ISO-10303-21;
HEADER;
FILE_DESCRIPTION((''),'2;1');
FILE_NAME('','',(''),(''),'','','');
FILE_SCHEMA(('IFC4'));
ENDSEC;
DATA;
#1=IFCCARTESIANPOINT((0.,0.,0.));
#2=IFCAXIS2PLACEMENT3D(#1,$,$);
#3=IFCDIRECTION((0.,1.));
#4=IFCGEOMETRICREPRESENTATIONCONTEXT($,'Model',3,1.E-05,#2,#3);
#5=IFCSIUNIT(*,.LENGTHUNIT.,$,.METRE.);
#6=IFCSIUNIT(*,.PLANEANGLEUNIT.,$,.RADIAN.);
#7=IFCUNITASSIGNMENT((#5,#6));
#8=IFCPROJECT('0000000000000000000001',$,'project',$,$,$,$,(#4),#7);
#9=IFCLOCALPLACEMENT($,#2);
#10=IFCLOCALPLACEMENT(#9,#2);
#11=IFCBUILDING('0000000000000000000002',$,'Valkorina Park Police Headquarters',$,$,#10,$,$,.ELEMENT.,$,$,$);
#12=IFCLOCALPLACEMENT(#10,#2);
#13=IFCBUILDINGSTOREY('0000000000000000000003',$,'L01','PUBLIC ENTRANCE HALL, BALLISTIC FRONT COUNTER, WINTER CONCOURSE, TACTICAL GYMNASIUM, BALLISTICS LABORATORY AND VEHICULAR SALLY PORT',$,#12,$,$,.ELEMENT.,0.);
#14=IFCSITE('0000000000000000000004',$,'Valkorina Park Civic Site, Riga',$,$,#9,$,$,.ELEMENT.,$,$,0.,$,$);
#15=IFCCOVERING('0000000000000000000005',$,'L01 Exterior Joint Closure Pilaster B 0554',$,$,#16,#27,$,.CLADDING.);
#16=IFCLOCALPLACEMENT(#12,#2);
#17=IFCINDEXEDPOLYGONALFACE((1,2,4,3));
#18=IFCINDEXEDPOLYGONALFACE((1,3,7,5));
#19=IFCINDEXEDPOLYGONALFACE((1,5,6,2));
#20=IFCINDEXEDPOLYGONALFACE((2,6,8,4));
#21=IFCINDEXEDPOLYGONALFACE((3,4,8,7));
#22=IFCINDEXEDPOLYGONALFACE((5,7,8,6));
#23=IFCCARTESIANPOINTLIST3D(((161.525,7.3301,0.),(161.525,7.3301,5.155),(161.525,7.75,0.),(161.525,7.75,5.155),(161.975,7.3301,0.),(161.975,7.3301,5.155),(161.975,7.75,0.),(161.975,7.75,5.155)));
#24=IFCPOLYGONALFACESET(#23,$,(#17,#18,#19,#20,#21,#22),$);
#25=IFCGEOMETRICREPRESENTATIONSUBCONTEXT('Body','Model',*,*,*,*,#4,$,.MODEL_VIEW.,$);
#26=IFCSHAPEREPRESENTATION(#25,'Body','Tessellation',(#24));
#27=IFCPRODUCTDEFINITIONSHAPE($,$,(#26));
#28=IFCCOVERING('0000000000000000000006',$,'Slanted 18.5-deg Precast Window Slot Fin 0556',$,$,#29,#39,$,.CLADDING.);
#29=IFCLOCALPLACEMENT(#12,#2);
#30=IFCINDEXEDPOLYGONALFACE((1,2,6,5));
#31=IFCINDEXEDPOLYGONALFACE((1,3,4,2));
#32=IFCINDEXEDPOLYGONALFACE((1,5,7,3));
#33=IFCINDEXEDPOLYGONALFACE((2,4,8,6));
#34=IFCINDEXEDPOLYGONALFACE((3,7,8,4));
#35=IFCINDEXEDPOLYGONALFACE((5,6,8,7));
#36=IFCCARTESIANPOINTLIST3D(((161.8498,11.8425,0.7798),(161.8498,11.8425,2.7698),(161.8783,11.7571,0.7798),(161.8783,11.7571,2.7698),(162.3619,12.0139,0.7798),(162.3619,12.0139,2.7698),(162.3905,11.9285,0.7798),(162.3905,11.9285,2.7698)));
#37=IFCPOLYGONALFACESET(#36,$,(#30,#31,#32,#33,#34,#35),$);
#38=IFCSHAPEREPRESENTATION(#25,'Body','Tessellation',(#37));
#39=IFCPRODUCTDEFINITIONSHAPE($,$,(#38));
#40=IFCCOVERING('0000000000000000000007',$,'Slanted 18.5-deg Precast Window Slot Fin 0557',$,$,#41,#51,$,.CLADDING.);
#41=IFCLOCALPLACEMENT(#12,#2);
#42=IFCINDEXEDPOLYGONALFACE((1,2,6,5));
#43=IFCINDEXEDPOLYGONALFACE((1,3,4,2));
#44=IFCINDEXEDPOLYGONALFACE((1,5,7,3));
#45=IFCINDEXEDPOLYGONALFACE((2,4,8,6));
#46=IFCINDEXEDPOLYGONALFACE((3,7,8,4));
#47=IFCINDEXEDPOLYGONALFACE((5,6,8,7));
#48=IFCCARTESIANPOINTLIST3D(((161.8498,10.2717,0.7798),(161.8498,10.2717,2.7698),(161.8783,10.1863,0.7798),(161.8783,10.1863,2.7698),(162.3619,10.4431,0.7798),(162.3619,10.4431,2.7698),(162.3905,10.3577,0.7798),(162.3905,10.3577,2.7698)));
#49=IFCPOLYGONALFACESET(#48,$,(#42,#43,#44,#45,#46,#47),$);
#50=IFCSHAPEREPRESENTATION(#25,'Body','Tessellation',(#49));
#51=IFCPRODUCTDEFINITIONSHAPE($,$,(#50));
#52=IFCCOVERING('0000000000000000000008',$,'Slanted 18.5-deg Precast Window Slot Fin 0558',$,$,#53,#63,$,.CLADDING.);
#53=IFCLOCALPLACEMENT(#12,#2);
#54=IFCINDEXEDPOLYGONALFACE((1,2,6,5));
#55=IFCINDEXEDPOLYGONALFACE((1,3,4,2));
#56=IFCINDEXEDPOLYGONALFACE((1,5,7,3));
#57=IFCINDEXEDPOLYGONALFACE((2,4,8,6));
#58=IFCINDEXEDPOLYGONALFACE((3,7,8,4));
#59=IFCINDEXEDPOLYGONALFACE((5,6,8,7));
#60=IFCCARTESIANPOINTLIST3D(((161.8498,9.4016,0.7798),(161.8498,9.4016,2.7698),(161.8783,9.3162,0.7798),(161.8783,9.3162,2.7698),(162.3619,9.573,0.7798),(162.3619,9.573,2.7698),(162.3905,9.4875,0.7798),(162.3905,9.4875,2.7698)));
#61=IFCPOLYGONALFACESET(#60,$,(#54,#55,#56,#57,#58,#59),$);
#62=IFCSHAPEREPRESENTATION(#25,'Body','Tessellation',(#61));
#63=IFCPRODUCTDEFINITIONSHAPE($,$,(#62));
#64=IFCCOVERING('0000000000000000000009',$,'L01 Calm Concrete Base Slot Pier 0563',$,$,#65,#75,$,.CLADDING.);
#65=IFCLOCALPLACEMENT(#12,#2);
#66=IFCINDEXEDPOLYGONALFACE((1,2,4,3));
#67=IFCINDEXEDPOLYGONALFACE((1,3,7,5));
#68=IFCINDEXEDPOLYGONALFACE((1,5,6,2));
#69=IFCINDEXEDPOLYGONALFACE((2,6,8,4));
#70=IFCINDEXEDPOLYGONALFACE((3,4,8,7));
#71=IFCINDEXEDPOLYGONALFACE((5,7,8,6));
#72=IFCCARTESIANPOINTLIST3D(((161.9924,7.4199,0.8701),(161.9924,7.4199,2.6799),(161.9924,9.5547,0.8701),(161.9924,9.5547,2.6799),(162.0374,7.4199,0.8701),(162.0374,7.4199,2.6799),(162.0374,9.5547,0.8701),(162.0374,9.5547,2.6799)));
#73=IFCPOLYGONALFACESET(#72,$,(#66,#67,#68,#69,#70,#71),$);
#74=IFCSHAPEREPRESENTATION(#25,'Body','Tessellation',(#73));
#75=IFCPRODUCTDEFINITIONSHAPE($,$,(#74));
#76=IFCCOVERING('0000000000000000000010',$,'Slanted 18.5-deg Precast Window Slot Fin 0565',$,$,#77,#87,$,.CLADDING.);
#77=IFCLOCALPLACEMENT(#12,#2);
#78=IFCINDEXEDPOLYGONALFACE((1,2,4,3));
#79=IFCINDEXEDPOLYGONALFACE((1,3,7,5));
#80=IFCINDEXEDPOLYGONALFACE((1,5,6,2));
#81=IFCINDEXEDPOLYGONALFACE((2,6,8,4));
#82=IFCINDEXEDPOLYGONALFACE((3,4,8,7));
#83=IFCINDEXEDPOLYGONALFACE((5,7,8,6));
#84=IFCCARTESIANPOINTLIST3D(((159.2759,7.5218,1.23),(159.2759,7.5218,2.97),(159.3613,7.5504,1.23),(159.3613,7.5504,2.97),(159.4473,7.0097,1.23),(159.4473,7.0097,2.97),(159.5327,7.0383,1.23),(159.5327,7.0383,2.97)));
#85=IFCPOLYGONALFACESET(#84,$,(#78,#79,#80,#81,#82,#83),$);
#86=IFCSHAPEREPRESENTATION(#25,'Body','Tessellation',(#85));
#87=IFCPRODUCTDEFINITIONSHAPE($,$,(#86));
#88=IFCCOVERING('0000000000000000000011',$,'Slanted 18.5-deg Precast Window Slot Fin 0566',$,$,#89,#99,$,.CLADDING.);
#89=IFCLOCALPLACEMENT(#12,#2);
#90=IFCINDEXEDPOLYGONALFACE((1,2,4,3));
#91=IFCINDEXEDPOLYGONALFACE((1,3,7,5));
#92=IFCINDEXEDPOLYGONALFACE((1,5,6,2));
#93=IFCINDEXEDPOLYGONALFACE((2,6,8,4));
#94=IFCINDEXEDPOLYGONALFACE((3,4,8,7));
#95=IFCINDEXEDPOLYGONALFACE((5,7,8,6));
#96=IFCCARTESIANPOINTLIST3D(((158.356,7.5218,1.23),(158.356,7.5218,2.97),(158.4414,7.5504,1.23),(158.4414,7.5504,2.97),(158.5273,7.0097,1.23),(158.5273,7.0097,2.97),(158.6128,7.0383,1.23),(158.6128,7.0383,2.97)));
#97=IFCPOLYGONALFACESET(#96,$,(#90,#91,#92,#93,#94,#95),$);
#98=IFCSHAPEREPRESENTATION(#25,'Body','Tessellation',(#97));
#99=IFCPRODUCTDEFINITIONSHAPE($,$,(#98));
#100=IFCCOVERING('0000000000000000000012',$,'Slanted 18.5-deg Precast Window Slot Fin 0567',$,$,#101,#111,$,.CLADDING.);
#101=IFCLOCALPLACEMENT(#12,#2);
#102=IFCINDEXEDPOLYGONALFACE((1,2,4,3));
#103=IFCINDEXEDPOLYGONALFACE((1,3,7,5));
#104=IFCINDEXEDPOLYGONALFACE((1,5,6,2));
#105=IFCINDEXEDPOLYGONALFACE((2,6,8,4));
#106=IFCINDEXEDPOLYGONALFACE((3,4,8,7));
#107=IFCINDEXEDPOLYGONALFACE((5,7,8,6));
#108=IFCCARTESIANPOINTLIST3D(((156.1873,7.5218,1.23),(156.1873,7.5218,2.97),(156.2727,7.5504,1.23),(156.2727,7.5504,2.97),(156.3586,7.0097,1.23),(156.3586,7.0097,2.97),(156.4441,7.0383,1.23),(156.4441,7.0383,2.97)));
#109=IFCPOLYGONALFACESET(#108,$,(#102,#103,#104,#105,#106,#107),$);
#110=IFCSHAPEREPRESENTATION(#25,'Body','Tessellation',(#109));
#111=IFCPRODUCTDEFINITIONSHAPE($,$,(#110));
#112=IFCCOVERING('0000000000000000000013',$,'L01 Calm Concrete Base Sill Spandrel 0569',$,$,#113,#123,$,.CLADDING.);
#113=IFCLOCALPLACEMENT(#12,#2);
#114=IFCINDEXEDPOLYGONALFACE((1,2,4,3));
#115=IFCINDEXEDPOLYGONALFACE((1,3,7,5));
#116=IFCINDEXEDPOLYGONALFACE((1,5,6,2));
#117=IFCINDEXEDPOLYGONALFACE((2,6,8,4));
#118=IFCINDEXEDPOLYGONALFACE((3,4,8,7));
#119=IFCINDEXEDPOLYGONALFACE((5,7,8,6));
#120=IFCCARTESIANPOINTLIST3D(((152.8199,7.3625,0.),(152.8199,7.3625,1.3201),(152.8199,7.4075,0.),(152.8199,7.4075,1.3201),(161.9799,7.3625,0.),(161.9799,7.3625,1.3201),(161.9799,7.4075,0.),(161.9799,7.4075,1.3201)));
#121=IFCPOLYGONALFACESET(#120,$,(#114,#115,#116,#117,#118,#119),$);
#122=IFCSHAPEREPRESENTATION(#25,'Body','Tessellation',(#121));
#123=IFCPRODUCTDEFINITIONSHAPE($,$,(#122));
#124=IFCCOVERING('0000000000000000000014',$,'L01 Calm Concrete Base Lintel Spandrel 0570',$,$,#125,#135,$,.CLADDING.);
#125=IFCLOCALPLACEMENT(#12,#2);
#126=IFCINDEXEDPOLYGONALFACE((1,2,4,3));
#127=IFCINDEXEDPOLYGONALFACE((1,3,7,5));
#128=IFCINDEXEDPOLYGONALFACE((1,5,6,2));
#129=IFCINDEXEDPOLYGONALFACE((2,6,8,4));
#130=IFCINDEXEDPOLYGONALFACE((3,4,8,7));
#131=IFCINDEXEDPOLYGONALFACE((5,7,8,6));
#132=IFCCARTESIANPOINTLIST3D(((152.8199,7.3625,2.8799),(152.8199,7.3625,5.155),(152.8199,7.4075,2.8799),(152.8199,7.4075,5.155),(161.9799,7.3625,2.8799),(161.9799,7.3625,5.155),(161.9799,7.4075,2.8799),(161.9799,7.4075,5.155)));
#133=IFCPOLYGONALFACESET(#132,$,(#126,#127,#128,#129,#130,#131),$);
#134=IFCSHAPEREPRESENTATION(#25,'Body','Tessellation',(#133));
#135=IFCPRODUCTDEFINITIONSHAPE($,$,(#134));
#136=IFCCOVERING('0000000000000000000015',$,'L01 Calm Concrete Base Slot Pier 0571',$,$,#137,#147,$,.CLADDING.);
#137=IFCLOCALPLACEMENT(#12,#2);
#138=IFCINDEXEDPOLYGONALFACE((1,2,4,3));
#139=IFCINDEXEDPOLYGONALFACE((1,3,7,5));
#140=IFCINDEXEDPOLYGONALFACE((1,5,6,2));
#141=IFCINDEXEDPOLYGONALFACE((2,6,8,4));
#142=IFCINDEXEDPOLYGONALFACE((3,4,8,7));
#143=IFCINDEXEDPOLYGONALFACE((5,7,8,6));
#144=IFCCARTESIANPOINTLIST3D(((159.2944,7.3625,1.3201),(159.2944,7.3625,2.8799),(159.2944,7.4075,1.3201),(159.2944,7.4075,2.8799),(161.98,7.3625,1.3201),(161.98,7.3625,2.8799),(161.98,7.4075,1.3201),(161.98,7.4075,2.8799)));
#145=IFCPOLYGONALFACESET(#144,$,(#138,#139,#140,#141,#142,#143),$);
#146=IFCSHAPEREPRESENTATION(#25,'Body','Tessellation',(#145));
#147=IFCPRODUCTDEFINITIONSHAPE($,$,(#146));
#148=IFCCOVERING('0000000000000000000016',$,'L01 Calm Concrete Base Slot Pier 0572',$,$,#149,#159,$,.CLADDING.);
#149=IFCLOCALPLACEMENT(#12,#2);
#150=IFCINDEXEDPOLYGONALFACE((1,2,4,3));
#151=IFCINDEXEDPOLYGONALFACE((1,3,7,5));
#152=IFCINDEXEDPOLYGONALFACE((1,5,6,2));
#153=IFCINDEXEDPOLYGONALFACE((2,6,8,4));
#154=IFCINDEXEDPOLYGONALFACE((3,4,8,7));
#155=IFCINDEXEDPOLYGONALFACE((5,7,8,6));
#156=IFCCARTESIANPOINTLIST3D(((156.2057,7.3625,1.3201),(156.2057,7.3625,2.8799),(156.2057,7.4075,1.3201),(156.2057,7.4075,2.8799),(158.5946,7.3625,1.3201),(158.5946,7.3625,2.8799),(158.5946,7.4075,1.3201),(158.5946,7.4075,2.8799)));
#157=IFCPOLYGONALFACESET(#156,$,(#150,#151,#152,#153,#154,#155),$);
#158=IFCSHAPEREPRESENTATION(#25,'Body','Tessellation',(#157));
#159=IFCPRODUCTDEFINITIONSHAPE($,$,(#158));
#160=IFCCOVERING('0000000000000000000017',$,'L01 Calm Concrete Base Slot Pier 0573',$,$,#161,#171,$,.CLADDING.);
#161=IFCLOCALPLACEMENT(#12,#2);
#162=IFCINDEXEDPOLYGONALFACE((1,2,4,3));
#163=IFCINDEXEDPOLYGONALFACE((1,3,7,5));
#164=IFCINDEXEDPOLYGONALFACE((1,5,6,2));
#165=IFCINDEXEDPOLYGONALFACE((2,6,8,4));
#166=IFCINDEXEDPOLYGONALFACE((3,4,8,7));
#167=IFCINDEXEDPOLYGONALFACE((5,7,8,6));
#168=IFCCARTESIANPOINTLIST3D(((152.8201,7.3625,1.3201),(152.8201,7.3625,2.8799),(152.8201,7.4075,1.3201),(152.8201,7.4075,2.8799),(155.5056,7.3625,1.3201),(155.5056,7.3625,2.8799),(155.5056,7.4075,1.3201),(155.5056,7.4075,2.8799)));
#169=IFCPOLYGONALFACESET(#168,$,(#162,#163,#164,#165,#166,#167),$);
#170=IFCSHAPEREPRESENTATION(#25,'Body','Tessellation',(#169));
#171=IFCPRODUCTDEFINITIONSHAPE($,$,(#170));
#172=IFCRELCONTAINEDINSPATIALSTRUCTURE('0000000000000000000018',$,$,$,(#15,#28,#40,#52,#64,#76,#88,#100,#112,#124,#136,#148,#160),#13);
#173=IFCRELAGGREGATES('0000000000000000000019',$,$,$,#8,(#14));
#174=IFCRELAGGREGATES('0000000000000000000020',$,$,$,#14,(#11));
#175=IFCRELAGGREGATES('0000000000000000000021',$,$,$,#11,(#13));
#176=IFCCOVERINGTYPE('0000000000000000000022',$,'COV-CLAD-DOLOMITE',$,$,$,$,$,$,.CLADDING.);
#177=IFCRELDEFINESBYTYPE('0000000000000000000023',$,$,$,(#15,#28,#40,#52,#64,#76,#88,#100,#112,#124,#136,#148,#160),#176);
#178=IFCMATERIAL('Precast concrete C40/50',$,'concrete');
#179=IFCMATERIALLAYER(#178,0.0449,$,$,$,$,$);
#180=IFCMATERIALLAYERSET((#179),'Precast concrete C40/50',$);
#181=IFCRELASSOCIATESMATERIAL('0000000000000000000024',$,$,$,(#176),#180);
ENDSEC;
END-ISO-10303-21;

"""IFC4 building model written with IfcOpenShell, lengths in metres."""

from ifc_helpers import new_model, si_unit, direction, frame, frame_2d, origin, origin_2d, place, context, subcontext, project, spatial, rectangle, extrude, material, layer, layer_set, type_object, element, save


model = new_model("IFC4")

# Units and contexts
model_context = context("Model", 3, precision=1e-05, world=origin(), true_north=direction((0.0, 1.0)))
body_context = subcontext(model_context, "Body", "Model", "MODEL_VIEW")
ifc_project = project(units=[si_unit("LENGTHUNIT", "METRE"), si_unit("PLANEANGLEUNIT", "RADIAN")], contexts=[model_context])

# Site, building, storey
site_placement = place(None, origin())
site = spatial("IfcSite", under=ifc_project, at=site_placement, Name="Valkorina Park Civic Site, Riga", CompositionType="ELEMENT", RefElevation=0.0)
building_placement = place(site_placement, origin())
building = spatial("IfcBuilding", under=site, at=building_placement, Name="Valkorina Park Police Headquarters", CompositionType="ELEMENT")
storey_placement = place(building_placement, origin())
storey = spatial("IfcBuildingStorey", under=building, at=storey_placement, Name="L01", Description="PUBLIC ENTRANCE HALL, BALLISTIC FRONT COUNTER, WINTER CONCOURSE, TACTICAL GYMNASIUM, BALLISTICS LABORATORY AND VEHICULAR SALLY PORT", CompositionType="ELEMENT", Elevation=0.0)

# Shared definitions
ifc_material_1 = material(Name="Precast concrete C40/50", Category="concrete")

# Coverings
ifc_layer_1 = layer(ifc_material_1, 0.0449)
ifc_layer_set_1 = layer_set([ifc_layer_1], Name="Precast concrete C40/50")
covering_type = type_object("IfcCoveringType", Name="COV-CLAD-DOLOMITE", PredefinedType="CLADDING", material=ifc_layer_set_1)
covering_1_placement = place(storey_placement, frame((161.75, 7.54, 0.0), z_axis=(0.0, 0.0, 1.0), x_axis=(0.0, 1.0, 0.0)))
element("IfcCovering", 1, at=covering_1_placement, inside=storey, type_object=covering_type, Name="L01 Exterior Joint Closure Pilaster B 0554", PredefinedType="CLADDING", context=body_context, shape_type="SweptSolid", body=[
    extrude(rectangle(XDim=0.4199, YDim=0.45, at=origin_2d()), origin(), (0.0, 0.0, 1.0), 5.155),
])
for number, where, z_axis, x_axis, name in (
    (2, (162.1201, 11.8855, 0.7798), (0.0, 0.0, 1.0), (0.948324, 0.317305, 0.0), "Slanted 18.5-deg Precast Window Slot Fin 0556"),
    (3, (162.1201, 10.3147, 0.7798), (0.0, 0.0, 1.0), (0.948324, 0.317305, 0.0), "Slanted 18.5-deg Precast Window Slot Fin 0557"),
    (4, (162.1201, 9.4446, 0.7798), (0.0, 0.0, 1.0), (0.948324, 0.317305, 0.0), "Slanted 18.5-deg Precast Window Slot Fin 0558"),
):
    element("IfcCovering", number, at=place(storey_placement, frame(where, z_axis=z_axis, x_axis=x_axis)), inside=storey, type_object=covering_type, Name=name, PredefinedType="CLADDING", context=body_context, shape_type="SweptSolid", body=[
        extrude(rectangle(XDim=0.54, YDim=0.0901, at=origin_2d()), origin(), (0.0, 0.0, 1.0), 1.99),
    ])
covering_2_placement = place(storey_placement, frame((162.0149, 9.5547, 0.8701), z_axis=(0.0, 0.0, 1.0), x_axis=(0.0, -1.0, 0.0)))
element("IfcCovering", 5, at=covering_2_placement, inside=storey, type_object=covering_type, Name="L01 Calm Concrete Base Slot Pier 0563", PredefinedType="CLADDING", context=body_context, shape_type="SweptSolid", body=[
    extrude(rectangle(XDim=2.1348, YDim=0.0449, at=frame_2d((1.0674, 0.0))), origin(), (0.0, 0.0, 1.0), 1.8098),
])
for number, where, z_axis, x_axis, name in (
    (6, (159.4043, 7.28, 1.23), (0.0, 0.0, 1.0), (0.317305, -0.948324, 0.0), "Slanted 18.5-deg Precast Window Slot Fin 0565"),
    (7, (158.4844, 7.28, 1.23), (0.0, 0.0, 1.0), (0.317305, -0.948324, 0.0), "Slanted 18.5-deg Precast Window Slot Fin 0566"),
    (8, (156.3157, 7.28, 1.23), (0.0, 0.0, 1.0), (0.317305, -0.948324, 0.0), "Slanted 18.5-deg Precast Window Slot Fin 0567"),
):
    element("IfcCovering", number, at=place(storey_placement, frame(where, z_axis=z_axis, x_axis=x_axis)), inside=storey, type_object=covering_type, Name=name, PredefinedType="CLADDING", context=body_context, shape_type="SweptSolid", body=[
        extrude(rectangle(XDim=0.54, YDim=0.0901, at=origin_2d()), origin(), (0.0, 0.0, 1.0), 1.74),
    ])
covering_3_placement = place(storey_placement, frame((161.98, 7.385, 0.0), z_axis=(0.0, 0.0, 1.0), x_axis=(-1.0, 0.0, 0.0)))
element("IfcCovering", 9, at=covering_3_placement, inside=storey, type_object=covering_type, Name="L01 Calm Concrete Base Sill Spandrel 0569", PredefinedType="CLADDING", context=body_context, shape_type="SweptSolid", body=[
    extrude(rectangle(XDim=9.1599, YDim=0.0449, at=frame_2d((4.5801, 0.0))), origin(), (0.0, 0.0, 1.0), 1.3201),
])
covering_4_placement = place(storey_placement, frame((161.98, 7.385, 2.8799), z_axis=(0.0, 0.0, 1.0), x_axis=(-1.0, 0.0, 0.0)))
element("IfcCovering", 10, at=covering_4_placement, inside=storey, type_object=covering_type, Name="L01 Calm Concrete Base Lintel Spandrel 0570", PredefinedType="CLADDING", context=body_context, shape_type="SweptSolid", body=[
    extrude(rectangle(XDim=9.1599, YDim=0.0449, at=frame_2d((4.5801, 0.0))), origin(), (0.0, 0.0, 1.0), 2.2751),
])
covering_5_placement = place(storey_placement, frame((161.98, 7.385, 1.3201), z_axis=(0.0, 0.0, 1.0), x_axis=(-1.0, 0.0, 0.0)))
element("IfcCovering", 11, at=covering_5_placement, inside=storey, type_object=covering_type, Name="L01 Calm Concrete Base Slot Pier 0571", PredefinedType="CLADDING", context=body_context, shape_type="SweptSolid", body=[
    extrude(rectangle(XDim=2.6855, YDim=0.0449, at=frame_2d((1.3428, 0.0))), origin(), (0.0, 0.0, 1.0), 1.5598),
])
covering_6_placement = place(storey_placement, frame((158.5945, 7.385, 1.3201), z_axis=(0.0, 0.0, 1.0), x_axis=(-1.0, 0.0, 0.0)))
element("IfcCovering", 12, at=covering_6_placement, inside=storey, type_object=covering_type, Name="L01 Calm Concrete Base Slot Pier 0572", PredefinedType="CLADDING", context=body_context, shape_type="SweptSolid", body=[
    extrude(rectangle(XDim=2.3889, YDim=0.0449, at=frame_2d((1.1943, 0.0))), origin(), (0.0, 0.0, 1.0), 1.5598),
])
covering_7_placement = place(storey_placement, frame((155.5056, 7.385, 1.3201), z_axis=(0.0, 0.0, 1.0), x_axis=(-1.0, 0.0, 0.0)))
element("IfcCovering", 13, at=covering_7_placement, inside=storey, type_object=covering_type, Name="L01 Calm Concrete Base Slot Pier 0573", PredefinedType="CLADDING", context=body_context, shape_type="SweptSolid", body=[
    extrude(rectangle(XDim=2.6855, YDim=0.0449, at=frame_2d((1.3428, 0.0))), origin(), (0.0, 0.0, 1.0), 1.5598),
])

save(model, "model.ifc")
